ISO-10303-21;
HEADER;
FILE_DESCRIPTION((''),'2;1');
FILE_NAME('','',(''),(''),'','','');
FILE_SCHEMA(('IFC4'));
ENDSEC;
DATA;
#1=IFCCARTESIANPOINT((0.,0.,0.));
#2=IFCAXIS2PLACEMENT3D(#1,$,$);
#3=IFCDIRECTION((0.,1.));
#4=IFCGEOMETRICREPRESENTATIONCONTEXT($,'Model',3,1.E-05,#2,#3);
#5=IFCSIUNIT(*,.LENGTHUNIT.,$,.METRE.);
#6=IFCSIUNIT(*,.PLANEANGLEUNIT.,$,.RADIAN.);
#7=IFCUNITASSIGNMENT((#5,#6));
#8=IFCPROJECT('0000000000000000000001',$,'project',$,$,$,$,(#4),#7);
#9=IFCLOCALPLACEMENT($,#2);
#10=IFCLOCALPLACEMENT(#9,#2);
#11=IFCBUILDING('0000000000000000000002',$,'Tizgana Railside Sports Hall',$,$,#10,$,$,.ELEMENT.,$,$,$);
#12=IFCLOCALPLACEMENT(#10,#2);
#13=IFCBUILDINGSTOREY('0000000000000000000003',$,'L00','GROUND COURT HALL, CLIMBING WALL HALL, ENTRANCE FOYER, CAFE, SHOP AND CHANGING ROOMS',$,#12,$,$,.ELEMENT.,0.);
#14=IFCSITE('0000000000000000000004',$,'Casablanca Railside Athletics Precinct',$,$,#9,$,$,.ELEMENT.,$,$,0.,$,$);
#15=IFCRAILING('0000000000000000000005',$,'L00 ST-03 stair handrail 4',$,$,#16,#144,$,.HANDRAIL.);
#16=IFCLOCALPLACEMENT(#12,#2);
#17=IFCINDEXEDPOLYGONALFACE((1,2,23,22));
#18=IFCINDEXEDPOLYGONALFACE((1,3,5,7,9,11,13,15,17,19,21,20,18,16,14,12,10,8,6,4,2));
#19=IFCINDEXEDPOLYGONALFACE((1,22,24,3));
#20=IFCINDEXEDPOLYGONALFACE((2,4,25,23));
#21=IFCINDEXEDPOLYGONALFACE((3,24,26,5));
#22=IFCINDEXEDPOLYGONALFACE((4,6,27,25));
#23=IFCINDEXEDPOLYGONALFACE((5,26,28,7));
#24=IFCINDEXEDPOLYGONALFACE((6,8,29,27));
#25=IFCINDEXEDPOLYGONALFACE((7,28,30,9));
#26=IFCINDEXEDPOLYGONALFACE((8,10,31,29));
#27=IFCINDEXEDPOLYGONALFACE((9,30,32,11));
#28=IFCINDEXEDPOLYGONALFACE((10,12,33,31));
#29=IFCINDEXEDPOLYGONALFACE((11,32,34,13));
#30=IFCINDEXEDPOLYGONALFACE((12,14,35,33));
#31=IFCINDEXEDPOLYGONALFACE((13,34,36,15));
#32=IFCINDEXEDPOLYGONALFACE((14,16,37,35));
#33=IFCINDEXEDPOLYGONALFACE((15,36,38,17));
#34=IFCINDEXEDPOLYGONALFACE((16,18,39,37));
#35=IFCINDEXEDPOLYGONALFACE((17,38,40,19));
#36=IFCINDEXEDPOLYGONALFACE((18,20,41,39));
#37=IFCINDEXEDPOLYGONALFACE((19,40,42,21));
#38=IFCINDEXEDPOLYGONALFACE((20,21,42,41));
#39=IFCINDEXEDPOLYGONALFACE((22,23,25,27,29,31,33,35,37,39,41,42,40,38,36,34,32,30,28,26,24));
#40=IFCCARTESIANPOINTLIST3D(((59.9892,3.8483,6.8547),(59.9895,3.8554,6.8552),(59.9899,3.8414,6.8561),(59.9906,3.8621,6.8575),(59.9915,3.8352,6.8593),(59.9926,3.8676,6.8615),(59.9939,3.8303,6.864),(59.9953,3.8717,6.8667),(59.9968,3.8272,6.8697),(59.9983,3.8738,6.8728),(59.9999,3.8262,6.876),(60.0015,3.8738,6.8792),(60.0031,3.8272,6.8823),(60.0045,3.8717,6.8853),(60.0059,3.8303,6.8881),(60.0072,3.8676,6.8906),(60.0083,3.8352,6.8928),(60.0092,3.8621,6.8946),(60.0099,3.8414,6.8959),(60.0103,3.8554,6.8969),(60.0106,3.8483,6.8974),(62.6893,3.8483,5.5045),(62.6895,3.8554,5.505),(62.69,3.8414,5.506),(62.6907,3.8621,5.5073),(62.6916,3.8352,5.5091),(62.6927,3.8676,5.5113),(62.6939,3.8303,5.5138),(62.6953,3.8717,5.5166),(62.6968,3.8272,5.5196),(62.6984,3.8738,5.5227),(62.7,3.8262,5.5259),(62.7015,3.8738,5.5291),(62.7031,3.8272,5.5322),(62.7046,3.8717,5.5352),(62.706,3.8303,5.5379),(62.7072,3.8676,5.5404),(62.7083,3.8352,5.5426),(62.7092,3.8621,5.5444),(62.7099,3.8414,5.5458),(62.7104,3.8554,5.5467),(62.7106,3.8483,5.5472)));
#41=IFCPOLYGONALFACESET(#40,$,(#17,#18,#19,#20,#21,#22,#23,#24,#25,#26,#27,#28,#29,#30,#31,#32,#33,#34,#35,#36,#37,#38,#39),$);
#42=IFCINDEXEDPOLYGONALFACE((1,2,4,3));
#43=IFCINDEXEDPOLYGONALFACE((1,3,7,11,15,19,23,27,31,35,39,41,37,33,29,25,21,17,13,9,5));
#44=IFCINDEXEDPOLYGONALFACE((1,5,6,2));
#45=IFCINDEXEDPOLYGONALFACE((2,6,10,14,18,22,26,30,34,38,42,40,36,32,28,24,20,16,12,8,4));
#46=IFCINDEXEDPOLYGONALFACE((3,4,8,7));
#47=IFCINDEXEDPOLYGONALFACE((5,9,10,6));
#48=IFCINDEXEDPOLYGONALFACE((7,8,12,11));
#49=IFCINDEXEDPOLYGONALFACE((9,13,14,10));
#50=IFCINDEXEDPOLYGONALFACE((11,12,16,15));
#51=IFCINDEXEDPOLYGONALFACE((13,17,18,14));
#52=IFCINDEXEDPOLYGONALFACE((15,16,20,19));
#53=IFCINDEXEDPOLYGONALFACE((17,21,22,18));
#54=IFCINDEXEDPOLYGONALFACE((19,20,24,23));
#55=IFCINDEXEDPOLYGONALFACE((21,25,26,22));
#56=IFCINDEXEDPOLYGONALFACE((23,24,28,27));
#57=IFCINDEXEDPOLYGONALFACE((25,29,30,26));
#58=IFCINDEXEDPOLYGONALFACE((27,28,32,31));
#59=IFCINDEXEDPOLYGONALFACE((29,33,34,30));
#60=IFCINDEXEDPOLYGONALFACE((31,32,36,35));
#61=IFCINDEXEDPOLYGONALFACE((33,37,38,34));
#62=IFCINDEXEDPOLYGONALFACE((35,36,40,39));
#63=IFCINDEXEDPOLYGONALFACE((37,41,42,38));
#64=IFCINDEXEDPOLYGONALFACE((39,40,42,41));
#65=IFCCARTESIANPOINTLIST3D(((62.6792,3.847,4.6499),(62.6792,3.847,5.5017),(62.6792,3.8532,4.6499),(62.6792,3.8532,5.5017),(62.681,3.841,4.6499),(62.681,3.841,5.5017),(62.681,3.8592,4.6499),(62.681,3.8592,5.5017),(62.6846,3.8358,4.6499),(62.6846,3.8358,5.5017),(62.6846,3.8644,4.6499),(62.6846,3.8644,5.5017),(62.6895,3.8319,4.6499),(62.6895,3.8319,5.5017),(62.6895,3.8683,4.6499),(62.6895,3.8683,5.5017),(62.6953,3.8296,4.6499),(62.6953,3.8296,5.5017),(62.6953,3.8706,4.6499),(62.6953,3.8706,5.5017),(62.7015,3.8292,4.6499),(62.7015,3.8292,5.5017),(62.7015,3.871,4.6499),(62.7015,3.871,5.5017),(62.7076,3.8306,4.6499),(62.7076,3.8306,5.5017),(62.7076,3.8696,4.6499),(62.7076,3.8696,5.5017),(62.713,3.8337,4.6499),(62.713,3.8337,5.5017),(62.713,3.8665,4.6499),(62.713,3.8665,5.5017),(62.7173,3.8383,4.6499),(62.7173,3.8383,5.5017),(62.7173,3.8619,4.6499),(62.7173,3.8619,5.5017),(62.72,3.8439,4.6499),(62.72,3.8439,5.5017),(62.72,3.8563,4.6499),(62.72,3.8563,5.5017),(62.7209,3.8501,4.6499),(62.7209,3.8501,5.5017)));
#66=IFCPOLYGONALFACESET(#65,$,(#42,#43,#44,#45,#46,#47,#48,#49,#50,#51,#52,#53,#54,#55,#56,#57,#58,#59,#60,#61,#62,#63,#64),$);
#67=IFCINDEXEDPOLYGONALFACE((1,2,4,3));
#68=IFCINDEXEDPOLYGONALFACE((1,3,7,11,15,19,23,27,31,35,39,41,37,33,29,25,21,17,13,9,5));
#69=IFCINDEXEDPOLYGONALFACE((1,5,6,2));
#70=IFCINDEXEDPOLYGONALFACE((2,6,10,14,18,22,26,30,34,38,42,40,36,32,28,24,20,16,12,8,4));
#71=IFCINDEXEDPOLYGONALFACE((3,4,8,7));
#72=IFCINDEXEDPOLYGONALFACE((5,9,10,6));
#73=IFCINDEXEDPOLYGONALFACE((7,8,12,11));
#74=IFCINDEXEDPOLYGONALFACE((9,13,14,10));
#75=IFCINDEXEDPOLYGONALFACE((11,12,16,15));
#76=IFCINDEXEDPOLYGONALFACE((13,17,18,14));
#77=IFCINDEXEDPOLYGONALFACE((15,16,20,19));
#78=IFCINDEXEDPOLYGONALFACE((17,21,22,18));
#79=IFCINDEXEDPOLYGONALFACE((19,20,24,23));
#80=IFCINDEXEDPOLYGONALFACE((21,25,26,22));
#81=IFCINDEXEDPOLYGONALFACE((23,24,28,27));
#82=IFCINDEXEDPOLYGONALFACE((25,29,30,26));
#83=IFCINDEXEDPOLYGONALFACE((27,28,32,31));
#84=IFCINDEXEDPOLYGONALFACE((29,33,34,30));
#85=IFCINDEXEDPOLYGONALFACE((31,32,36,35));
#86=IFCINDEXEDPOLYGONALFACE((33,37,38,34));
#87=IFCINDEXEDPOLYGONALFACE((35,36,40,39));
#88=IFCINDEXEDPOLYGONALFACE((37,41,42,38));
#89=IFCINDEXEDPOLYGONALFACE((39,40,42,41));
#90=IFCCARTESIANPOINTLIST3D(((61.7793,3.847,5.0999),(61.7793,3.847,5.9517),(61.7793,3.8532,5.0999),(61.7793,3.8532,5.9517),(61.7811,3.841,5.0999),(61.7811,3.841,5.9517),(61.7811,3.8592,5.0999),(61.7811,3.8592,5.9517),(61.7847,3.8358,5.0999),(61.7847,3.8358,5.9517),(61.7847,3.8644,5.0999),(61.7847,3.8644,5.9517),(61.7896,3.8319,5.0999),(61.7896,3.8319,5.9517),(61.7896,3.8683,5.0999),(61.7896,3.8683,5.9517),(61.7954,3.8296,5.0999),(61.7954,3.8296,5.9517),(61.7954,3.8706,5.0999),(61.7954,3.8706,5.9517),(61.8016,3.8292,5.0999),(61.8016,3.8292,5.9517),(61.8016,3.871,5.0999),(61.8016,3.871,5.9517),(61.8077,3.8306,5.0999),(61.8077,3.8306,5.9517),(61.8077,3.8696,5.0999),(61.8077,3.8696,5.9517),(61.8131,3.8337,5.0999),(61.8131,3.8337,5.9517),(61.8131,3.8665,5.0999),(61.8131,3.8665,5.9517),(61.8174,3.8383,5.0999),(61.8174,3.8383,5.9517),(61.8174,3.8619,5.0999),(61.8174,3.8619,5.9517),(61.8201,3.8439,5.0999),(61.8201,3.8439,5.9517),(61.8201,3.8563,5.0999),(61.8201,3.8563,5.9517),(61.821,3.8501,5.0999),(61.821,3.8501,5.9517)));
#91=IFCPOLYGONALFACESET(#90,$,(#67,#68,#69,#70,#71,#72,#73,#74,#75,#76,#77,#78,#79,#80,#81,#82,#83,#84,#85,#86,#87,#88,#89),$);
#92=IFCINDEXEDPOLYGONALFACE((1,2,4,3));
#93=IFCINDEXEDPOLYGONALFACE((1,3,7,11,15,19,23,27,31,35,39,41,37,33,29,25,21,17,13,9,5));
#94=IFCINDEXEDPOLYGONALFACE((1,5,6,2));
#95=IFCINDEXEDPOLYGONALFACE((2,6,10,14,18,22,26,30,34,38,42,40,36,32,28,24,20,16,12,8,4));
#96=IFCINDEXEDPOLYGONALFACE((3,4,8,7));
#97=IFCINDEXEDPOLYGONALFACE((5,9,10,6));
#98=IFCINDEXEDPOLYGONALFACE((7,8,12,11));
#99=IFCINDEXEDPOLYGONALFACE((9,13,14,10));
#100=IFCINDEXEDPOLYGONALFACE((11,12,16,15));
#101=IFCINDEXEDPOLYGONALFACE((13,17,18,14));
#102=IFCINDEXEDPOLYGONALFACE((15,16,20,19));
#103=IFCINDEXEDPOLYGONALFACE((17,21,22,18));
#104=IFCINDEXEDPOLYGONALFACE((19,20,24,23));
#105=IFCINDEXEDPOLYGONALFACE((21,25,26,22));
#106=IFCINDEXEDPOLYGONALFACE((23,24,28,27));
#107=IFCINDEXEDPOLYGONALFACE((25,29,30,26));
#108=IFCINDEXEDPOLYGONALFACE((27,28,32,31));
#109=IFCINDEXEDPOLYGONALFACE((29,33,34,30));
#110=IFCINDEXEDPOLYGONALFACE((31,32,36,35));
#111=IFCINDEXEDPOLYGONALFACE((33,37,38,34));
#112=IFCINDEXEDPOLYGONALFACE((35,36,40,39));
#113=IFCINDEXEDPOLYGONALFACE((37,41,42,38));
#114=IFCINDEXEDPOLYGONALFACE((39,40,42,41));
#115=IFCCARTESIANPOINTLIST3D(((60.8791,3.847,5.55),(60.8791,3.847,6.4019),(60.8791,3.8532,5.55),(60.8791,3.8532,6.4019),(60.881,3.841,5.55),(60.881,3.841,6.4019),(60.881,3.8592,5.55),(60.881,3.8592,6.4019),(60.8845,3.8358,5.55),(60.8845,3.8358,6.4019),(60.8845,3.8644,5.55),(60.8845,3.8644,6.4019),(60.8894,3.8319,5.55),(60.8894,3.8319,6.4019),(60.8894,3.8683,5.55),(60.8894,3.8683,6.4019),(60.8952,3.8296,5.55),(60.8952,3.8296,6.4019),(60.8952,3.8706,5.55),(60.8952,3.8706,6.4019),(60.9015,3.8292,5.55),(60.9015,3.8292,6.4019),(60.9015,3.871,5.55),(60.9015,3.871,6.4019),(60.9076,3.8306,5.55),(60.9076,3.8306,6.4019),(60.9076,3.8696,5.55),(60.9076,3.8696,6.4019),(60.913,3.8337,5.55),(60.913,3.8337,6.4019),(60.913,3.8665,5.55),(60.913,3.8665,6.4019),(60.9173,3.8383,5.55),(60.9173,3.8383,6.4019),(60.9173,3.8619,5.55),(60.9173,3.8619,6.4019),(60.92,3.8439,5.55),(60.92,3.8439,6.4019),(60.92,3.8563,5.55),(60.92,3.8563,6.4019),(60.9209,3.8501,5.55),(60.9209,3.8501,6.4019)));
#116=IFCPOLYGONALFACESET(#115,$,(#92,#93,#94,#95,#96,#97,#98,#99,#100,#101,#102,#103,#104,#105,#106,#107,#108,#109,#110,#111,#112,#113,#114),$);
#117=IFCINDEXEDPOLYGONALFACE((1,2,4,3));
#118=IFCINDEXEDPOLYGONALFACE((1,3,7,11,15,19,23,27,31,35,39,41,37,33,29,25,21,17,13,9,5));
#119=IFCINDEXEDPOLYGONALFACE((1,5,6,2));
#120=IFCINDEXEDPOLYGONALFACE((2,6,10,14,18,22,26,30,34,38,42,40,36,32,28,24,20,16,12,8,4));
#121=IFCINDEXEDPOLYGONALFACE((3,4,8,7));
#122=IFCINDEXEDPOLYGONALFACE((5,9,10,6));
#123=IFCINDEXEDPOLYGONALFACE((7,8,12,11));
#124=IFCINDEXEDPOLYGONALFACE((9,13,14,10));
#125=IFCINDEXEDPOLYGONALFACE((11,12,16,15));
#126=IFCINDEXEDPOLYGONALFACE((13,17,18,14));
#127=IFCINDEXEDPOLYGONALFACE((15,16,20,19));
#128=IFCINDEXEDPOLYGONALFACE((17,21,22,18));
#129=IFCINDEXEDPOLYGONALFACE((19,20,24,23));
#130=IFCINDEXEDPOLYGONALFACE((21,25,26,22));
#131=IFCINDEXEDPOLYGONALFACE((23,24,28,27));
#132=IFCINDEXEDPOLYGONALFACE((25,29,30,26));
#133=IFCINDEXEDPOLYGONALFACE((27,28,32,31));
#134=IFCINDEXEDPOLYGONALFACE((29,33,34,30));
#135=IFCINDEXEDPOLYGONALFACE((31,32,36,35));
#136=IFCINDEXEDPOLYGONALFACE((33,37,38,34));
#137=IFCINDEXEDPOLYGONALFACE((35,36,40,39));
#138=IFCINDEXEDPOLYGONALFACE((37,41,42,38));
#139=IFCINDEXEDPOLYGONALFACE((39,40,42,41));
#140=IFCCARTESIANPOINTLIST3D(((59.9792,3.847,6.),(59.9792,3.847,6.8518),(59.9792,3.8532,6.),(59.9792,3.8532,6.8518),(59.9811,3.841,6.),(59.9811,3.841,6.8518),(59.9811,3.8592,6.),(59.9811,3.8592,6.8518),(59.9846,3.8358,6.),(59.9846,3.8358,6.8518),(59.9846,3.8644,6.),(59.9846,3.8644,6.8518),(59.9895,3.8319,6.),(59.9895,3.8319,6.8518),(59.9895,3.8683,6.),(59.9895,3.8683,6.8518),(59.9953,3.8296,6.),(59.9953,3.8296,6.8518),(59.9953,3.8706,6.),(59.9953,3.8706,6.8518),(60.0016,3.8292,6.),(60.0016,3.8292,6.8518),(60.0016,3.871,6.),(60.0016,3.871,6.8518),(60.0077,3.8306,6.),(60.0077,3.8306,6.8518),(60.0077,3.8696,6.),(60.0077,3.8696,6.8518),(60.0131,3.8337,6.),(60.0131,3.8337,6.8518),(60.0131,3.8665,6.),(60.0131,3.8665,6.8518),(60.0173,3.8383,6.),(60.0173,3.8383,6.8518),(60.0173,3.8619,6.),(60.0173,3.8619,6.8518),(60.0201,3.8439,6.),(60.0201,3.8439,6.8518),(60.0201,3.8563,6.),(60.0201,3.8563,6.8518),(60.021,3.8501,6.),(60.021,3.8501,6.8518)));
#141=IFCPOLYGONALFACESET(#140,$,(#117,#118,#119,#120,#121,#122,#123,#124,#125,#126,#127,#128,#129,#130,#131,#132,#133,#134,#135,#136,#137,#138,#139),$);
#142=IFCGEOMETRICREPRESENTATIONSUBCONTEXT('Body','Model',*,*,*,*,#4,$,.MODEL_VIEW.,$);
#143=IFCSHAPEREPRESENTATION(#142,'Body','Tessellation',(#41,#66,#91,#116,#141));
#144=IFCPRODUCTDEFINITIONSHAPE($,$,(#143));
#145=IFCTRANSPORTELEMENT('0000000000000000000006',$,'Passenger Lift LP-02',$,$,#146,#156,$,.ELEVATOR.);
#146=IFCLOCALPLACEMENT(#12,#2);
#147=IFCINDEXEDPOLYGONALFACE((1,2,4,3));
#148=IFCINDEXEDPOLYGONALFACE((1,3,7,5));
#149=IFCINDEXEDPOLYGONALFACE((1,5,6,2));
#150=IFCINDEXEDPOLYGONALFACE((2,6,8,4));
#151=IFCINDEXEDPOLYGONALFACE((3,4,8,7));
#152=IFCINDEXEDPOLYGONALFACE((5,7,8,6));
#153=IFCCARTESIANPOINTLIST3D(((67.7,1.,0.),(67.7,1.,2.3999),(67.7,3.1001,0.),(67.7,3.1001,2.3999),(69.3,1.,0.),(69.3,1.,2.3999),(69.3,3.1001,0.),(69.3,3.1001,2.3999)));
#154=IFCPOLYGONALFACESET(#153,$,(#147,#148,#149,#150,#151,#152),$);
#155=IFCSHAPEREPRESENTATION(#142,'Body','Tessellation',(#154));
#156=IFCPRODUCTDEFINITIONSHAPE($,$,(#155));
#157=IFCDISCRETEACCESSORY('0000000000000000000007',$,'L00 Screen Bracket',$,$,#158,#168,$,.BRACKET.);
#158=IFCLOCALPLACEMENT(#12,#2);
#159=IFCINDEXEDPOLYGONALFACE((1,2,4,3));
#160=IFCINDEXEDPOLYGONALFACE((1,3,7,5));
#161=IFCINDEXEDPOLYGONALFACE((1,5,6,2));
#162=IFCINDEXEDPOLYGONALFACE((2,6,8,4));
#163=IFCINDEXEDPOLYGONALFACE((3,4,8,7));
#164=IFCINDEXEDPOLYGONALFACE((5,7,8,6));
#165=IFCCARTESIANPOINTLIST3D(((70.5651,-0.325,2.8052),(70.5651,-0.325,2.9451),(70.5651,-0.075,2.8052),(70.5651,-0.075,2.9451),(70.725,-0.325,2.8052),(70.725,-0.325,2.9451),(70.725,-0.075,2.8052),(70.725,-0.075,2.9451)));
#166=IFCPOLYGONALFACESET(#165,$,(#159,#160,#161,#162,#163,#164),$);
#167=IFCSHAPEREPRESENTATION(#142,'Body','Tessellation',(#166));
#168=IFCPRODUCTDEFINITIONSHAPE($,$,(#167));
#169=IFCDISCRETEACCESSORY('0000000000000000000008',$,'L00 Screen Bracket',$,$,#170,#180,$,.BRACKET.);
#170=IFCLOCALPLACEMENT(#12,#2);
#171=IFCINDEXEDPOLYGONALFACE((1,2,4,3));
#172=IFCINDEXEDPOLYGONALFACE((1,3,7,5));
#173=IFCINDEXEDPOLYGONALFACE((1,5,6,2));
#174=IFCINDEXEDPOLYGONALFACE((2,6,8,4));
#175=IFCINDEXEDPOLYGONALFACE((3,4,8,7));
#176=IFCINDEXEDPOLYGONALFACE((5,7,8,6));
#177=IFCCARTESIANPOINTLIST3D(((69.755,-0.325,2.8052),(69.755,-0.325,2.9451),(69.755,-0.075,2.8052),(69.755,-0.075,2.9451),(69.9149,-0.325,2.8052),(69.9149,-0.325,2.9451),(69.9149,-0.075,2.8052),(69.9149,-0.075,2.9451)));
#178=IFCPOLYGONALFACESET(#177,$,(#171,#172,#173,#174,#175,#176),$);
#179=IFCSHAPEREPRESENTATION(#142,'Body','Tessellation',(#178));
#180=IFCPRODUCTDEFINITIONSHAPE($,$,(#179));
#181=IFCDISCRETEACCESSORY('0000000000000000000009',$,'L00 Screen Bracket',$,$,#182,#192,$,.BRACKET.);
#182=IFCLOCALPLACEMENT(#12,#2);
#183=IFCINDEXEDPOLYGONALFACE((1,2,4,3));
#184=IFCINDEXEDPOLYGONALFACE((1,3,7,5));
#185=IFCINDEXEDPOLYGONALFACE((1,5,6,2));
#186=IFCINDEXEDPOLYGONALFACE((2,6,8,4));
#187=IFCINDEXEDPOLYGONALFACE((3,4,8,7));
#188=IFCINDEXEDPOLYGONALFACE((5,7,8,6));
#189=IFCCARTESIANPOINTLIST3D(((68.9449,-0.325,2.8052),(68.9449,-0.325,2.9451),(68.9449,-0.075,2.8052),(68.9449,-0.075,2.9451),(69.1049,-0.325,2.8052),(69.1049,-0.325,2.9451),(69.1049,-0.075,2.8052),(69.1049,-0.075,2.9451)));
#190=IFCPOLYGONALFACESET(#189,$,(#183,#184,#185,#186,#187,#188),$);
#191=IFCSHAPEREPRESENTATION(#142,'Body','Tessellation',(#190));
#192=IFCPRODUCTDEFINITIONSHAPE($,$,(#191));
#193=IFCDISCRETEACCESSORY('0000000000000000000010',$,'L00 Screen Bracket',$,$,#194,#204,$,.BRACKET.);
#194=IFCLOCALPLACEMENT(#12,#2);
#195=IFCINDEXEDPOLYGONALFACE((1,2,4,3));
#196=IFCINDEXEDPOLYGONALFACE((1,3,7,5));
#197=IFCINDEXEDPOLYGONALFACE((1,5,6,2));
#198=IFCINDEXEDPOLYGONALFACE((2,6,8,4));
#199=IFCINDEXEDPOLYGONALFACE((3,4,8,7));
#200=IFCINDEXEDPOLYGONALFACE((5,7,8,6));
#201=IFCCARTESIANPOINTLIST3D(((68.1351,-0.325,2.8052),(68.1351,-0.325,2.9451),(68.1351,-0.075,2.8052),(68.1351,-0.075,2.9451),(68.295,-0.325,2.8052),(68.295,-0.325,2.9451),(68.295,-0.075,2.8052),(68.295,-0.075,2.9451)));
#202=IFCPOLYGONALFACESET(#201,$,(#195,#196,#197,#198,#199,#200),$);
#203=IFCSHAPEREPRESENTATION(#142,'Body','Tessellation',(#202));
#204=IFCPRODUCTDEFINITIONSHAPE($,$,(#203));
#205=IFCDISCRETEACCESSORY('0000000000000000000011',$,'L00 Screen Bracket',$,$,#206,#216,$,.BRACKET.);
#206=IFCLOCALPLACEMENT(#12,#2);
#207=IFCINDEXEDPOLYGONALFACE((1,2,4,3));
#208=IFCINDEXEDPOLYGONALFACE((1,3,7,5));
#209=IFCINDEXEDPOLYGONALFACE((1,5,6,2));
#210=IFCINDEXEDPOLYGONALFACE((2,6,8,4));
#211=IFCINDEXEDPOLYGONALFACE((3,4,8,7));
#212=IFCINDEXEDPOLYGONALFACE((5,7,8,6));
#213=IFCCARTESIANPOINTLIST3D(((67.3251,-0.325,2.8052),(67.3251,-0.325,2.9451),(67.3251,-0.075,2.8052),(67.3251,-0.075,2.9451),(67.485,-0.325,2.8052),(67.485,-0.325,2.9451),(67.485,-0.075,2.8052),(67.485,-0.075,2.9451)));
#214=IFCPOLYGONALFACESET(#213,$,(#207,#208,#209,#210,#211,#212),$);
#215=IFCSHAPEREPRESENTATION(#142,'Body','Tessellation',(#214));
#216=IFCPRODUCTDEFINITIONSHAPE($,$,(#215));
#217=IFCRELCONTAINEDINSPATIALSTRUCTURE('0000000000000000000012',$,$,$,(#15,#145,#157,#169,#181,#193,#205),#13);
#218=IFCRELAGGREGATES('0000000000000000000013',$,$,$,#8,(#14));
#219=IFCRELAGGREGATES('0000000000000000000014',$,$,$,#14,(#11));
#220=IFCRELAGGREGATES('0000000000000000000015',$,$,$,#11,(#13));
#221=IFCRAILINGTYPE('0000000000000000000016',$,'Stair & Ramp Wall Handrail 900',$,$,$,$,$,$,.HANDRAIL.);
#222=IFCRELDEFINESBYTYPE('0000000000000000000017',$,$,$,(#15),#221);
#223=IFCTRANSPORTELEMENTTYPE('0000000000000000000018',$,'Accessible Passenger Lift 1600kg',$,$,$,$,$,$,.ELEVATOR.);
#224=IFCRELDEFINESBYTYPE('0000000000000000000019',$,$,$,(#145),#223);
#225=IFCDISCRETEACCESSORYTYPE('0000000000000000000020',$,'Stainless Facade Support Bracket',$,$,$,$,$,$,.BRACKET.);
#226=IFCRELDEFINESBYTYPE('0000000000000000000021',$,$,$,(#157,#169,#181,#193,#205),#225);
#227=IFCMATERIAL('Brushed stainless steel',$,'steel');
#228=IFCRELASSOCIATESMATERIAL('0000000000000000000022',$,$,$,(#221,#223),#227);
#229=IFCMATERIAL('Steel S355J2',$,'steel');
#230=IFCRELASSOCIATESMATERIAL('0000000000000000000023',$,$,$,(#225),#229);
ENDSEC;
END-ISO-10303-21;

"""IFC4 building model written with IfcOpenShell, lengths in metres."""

from ifc_helpers import new_model, si_unit, direction, frame, origin, origin_2d, place, context, subcontext, project, spatial, rectangle, circle, extrude, material, type_object, element, save


model = new_model("IFC4")

# Units and contexts
model_context = context("Model", 3, precision=1e-05, world=origin(), true_north=direction((0.0, 1.0)))
body_context = subcontext(model_context, "Body", "Model", "MODEL_VIEW")
ifc_project = project(units=[si_unit("LENGTHUNIT", "METRE"), si_unit("PLANEANGLEUNIT", "RADIAN")], contexts=[model_context])

# Site, building, storey
site_placement = place(None, origin())
site = spatial("IfcSite", under=ifc_project, at=site_placement, Name="Casablanca Railside Athletics Precinct", CompositionType="ELEMENT", RefElevation=0.0)
building_placement = place(site_placement, origin())
building = spatial("IfcBuilding", under=site, at=building_placement, Name="Tizgana Railside Sports Hall", CompositionType="ELEMENT")
storey_placement = place(building_placement, origin())
storey = spatial("IfcBuildingStorey", under=building, at=storey_placement, Name="L00", Description="GROUND COURT HALL, CLIMBING WALL HALL, ENTRANCE FOYER, CAFE, SHOP AND CHANGING ROOMS", CompositionType="ELEMENT", Elevation=0.0)

# Shared definitions
ifc_material_1 = material(Name="Steel S355J2", Category="steel")

# Shared definitions
ifc_material_2 = material(Name="Brushed stainless steel", Category="steel")

# Railing
railing_type_1 = type_object("IfcRailingType", Name="Stair & Ramp Wall Handrail 900", PredefinedType="HANDRAIL", material=ifc_material_2)
railing_placement = place(storey_placement, frame((62.7, 3.8501, 4.6499)))
element("IfcRailing", 1, at=railing_placement, inside=storey, type_object=railing_type_1, Name="L00 ST-03 stair handrail 4", PredefinedType="HANDRAIL", context=body_context, shape_type="SweptSolid", body=[
    extrude(circle(Radius=0.0239, at=origin_2d()), frame((0.0, 0.0, 0.876), z_axis=(-0.894411, 0.0, 0.447246), x_axis=(0.0, -1.0, 0.0)), (0.0, 0.0, 1.0), 3.0188),
    extrude(circle(Radius=0.021, at=origin_2d()), origin(), (0.0, 0.0, 1.0), 0.8518),
    extrude(circle(Radius=0.021, at=origin_2d()), frame((-0.8999, 0.0, 0.45)), (0.0, 0.0, 1.0), 0.8518),
    extrude(circle(Radius=0.021, at=origin_2d()), frame((-1.8, 0.0, 0.9001)), (0.0, 0.0, 1.0), 0.8518),
    extrude(circle(Radius=0.021, at=origin_2d()), frame((-2.7, 0.0, 1.3501)), (0.0, 0.0, 1.0), 0.8518),
])

# Transport element
transport_element_type = type_object("IfcTransportElementType", Name="Accessible Passenger Lift 1600kg", PredefinedType="ELEVATOR", material=ifc_material_2)
transport_element_placement = place(storey_placement, frame((68.5, 2.05, 0.0), z_axis=(0.0, 0.0, 1.0), x_axis=(1.0, 0.0, 0.0)))
element("IfcTransportElement", 2, at=transport_element_placement, inside=storey, type_object=transport_element_type, Name="Passenger Lift LP-02", PredefinedType="ELEVATOR", context=body_context, shape_type="SweptSolid", body=[
    extrude(rectangle(XDim=1.6001, YDim=2.1001, at=origin_2d()), origin(), (0.0, 0.0, 1.0), 2.3999),
])

# Discrete accessories
discrete_accessory_type = type_object("IfcDiscreteAccessoryType", Name="Stainless Facade Support Bracket", PredefinedType="BRACKET", material=ifc_material_1)
for number, where, z_axis, x_axis, name in (
    (3, (70.645, -0.2, 2.8052), (0.0, 0.0, 1.0), (-1.0, 0.0, 0.0), "L00 Screen Bracket"),
    (4, (69.835, -0.2, 2.8052), (0.0, 0.0, 1.0), (-1.0, 0.0, 0.0), "L00 Screen Bracket"),
    (5, (69.0249, -0.2, 2.8052), (0.0, 0.0, 1.0), (-1.0, 0.0, 0.0), "L00 Screen Bracket"),
    (6, (68.2151, -0.2, 2.8052), (0.0, 0.0, 1.0), (-1.0, 0.0, 0.0), "L00 Screen Bracket"),
    (7, (67.405, -0.2, 2.8052), (0.0, 0.0, 1.0), (-1.0, 0.0, 0.0), "L00 Screen Bracket"),
):
    element("IfcDiscreteAccessory", number, at=place(storey_placement, frame(where, z_axis=z_axis, x_axis=x_axis)), inside=storey, type_object=discrete_accessory_type, Name=name, PredefinedType="BRACKET", context=body_context, shape_type="SweptSolid", body=[
        extrude(rectangle(XDim=0.1599, YDim=0.25, at=origin_2d()), origin(), (0.0, 0.0, 1.0), 0.1399),
    ])

save(model, "model.ifc")
